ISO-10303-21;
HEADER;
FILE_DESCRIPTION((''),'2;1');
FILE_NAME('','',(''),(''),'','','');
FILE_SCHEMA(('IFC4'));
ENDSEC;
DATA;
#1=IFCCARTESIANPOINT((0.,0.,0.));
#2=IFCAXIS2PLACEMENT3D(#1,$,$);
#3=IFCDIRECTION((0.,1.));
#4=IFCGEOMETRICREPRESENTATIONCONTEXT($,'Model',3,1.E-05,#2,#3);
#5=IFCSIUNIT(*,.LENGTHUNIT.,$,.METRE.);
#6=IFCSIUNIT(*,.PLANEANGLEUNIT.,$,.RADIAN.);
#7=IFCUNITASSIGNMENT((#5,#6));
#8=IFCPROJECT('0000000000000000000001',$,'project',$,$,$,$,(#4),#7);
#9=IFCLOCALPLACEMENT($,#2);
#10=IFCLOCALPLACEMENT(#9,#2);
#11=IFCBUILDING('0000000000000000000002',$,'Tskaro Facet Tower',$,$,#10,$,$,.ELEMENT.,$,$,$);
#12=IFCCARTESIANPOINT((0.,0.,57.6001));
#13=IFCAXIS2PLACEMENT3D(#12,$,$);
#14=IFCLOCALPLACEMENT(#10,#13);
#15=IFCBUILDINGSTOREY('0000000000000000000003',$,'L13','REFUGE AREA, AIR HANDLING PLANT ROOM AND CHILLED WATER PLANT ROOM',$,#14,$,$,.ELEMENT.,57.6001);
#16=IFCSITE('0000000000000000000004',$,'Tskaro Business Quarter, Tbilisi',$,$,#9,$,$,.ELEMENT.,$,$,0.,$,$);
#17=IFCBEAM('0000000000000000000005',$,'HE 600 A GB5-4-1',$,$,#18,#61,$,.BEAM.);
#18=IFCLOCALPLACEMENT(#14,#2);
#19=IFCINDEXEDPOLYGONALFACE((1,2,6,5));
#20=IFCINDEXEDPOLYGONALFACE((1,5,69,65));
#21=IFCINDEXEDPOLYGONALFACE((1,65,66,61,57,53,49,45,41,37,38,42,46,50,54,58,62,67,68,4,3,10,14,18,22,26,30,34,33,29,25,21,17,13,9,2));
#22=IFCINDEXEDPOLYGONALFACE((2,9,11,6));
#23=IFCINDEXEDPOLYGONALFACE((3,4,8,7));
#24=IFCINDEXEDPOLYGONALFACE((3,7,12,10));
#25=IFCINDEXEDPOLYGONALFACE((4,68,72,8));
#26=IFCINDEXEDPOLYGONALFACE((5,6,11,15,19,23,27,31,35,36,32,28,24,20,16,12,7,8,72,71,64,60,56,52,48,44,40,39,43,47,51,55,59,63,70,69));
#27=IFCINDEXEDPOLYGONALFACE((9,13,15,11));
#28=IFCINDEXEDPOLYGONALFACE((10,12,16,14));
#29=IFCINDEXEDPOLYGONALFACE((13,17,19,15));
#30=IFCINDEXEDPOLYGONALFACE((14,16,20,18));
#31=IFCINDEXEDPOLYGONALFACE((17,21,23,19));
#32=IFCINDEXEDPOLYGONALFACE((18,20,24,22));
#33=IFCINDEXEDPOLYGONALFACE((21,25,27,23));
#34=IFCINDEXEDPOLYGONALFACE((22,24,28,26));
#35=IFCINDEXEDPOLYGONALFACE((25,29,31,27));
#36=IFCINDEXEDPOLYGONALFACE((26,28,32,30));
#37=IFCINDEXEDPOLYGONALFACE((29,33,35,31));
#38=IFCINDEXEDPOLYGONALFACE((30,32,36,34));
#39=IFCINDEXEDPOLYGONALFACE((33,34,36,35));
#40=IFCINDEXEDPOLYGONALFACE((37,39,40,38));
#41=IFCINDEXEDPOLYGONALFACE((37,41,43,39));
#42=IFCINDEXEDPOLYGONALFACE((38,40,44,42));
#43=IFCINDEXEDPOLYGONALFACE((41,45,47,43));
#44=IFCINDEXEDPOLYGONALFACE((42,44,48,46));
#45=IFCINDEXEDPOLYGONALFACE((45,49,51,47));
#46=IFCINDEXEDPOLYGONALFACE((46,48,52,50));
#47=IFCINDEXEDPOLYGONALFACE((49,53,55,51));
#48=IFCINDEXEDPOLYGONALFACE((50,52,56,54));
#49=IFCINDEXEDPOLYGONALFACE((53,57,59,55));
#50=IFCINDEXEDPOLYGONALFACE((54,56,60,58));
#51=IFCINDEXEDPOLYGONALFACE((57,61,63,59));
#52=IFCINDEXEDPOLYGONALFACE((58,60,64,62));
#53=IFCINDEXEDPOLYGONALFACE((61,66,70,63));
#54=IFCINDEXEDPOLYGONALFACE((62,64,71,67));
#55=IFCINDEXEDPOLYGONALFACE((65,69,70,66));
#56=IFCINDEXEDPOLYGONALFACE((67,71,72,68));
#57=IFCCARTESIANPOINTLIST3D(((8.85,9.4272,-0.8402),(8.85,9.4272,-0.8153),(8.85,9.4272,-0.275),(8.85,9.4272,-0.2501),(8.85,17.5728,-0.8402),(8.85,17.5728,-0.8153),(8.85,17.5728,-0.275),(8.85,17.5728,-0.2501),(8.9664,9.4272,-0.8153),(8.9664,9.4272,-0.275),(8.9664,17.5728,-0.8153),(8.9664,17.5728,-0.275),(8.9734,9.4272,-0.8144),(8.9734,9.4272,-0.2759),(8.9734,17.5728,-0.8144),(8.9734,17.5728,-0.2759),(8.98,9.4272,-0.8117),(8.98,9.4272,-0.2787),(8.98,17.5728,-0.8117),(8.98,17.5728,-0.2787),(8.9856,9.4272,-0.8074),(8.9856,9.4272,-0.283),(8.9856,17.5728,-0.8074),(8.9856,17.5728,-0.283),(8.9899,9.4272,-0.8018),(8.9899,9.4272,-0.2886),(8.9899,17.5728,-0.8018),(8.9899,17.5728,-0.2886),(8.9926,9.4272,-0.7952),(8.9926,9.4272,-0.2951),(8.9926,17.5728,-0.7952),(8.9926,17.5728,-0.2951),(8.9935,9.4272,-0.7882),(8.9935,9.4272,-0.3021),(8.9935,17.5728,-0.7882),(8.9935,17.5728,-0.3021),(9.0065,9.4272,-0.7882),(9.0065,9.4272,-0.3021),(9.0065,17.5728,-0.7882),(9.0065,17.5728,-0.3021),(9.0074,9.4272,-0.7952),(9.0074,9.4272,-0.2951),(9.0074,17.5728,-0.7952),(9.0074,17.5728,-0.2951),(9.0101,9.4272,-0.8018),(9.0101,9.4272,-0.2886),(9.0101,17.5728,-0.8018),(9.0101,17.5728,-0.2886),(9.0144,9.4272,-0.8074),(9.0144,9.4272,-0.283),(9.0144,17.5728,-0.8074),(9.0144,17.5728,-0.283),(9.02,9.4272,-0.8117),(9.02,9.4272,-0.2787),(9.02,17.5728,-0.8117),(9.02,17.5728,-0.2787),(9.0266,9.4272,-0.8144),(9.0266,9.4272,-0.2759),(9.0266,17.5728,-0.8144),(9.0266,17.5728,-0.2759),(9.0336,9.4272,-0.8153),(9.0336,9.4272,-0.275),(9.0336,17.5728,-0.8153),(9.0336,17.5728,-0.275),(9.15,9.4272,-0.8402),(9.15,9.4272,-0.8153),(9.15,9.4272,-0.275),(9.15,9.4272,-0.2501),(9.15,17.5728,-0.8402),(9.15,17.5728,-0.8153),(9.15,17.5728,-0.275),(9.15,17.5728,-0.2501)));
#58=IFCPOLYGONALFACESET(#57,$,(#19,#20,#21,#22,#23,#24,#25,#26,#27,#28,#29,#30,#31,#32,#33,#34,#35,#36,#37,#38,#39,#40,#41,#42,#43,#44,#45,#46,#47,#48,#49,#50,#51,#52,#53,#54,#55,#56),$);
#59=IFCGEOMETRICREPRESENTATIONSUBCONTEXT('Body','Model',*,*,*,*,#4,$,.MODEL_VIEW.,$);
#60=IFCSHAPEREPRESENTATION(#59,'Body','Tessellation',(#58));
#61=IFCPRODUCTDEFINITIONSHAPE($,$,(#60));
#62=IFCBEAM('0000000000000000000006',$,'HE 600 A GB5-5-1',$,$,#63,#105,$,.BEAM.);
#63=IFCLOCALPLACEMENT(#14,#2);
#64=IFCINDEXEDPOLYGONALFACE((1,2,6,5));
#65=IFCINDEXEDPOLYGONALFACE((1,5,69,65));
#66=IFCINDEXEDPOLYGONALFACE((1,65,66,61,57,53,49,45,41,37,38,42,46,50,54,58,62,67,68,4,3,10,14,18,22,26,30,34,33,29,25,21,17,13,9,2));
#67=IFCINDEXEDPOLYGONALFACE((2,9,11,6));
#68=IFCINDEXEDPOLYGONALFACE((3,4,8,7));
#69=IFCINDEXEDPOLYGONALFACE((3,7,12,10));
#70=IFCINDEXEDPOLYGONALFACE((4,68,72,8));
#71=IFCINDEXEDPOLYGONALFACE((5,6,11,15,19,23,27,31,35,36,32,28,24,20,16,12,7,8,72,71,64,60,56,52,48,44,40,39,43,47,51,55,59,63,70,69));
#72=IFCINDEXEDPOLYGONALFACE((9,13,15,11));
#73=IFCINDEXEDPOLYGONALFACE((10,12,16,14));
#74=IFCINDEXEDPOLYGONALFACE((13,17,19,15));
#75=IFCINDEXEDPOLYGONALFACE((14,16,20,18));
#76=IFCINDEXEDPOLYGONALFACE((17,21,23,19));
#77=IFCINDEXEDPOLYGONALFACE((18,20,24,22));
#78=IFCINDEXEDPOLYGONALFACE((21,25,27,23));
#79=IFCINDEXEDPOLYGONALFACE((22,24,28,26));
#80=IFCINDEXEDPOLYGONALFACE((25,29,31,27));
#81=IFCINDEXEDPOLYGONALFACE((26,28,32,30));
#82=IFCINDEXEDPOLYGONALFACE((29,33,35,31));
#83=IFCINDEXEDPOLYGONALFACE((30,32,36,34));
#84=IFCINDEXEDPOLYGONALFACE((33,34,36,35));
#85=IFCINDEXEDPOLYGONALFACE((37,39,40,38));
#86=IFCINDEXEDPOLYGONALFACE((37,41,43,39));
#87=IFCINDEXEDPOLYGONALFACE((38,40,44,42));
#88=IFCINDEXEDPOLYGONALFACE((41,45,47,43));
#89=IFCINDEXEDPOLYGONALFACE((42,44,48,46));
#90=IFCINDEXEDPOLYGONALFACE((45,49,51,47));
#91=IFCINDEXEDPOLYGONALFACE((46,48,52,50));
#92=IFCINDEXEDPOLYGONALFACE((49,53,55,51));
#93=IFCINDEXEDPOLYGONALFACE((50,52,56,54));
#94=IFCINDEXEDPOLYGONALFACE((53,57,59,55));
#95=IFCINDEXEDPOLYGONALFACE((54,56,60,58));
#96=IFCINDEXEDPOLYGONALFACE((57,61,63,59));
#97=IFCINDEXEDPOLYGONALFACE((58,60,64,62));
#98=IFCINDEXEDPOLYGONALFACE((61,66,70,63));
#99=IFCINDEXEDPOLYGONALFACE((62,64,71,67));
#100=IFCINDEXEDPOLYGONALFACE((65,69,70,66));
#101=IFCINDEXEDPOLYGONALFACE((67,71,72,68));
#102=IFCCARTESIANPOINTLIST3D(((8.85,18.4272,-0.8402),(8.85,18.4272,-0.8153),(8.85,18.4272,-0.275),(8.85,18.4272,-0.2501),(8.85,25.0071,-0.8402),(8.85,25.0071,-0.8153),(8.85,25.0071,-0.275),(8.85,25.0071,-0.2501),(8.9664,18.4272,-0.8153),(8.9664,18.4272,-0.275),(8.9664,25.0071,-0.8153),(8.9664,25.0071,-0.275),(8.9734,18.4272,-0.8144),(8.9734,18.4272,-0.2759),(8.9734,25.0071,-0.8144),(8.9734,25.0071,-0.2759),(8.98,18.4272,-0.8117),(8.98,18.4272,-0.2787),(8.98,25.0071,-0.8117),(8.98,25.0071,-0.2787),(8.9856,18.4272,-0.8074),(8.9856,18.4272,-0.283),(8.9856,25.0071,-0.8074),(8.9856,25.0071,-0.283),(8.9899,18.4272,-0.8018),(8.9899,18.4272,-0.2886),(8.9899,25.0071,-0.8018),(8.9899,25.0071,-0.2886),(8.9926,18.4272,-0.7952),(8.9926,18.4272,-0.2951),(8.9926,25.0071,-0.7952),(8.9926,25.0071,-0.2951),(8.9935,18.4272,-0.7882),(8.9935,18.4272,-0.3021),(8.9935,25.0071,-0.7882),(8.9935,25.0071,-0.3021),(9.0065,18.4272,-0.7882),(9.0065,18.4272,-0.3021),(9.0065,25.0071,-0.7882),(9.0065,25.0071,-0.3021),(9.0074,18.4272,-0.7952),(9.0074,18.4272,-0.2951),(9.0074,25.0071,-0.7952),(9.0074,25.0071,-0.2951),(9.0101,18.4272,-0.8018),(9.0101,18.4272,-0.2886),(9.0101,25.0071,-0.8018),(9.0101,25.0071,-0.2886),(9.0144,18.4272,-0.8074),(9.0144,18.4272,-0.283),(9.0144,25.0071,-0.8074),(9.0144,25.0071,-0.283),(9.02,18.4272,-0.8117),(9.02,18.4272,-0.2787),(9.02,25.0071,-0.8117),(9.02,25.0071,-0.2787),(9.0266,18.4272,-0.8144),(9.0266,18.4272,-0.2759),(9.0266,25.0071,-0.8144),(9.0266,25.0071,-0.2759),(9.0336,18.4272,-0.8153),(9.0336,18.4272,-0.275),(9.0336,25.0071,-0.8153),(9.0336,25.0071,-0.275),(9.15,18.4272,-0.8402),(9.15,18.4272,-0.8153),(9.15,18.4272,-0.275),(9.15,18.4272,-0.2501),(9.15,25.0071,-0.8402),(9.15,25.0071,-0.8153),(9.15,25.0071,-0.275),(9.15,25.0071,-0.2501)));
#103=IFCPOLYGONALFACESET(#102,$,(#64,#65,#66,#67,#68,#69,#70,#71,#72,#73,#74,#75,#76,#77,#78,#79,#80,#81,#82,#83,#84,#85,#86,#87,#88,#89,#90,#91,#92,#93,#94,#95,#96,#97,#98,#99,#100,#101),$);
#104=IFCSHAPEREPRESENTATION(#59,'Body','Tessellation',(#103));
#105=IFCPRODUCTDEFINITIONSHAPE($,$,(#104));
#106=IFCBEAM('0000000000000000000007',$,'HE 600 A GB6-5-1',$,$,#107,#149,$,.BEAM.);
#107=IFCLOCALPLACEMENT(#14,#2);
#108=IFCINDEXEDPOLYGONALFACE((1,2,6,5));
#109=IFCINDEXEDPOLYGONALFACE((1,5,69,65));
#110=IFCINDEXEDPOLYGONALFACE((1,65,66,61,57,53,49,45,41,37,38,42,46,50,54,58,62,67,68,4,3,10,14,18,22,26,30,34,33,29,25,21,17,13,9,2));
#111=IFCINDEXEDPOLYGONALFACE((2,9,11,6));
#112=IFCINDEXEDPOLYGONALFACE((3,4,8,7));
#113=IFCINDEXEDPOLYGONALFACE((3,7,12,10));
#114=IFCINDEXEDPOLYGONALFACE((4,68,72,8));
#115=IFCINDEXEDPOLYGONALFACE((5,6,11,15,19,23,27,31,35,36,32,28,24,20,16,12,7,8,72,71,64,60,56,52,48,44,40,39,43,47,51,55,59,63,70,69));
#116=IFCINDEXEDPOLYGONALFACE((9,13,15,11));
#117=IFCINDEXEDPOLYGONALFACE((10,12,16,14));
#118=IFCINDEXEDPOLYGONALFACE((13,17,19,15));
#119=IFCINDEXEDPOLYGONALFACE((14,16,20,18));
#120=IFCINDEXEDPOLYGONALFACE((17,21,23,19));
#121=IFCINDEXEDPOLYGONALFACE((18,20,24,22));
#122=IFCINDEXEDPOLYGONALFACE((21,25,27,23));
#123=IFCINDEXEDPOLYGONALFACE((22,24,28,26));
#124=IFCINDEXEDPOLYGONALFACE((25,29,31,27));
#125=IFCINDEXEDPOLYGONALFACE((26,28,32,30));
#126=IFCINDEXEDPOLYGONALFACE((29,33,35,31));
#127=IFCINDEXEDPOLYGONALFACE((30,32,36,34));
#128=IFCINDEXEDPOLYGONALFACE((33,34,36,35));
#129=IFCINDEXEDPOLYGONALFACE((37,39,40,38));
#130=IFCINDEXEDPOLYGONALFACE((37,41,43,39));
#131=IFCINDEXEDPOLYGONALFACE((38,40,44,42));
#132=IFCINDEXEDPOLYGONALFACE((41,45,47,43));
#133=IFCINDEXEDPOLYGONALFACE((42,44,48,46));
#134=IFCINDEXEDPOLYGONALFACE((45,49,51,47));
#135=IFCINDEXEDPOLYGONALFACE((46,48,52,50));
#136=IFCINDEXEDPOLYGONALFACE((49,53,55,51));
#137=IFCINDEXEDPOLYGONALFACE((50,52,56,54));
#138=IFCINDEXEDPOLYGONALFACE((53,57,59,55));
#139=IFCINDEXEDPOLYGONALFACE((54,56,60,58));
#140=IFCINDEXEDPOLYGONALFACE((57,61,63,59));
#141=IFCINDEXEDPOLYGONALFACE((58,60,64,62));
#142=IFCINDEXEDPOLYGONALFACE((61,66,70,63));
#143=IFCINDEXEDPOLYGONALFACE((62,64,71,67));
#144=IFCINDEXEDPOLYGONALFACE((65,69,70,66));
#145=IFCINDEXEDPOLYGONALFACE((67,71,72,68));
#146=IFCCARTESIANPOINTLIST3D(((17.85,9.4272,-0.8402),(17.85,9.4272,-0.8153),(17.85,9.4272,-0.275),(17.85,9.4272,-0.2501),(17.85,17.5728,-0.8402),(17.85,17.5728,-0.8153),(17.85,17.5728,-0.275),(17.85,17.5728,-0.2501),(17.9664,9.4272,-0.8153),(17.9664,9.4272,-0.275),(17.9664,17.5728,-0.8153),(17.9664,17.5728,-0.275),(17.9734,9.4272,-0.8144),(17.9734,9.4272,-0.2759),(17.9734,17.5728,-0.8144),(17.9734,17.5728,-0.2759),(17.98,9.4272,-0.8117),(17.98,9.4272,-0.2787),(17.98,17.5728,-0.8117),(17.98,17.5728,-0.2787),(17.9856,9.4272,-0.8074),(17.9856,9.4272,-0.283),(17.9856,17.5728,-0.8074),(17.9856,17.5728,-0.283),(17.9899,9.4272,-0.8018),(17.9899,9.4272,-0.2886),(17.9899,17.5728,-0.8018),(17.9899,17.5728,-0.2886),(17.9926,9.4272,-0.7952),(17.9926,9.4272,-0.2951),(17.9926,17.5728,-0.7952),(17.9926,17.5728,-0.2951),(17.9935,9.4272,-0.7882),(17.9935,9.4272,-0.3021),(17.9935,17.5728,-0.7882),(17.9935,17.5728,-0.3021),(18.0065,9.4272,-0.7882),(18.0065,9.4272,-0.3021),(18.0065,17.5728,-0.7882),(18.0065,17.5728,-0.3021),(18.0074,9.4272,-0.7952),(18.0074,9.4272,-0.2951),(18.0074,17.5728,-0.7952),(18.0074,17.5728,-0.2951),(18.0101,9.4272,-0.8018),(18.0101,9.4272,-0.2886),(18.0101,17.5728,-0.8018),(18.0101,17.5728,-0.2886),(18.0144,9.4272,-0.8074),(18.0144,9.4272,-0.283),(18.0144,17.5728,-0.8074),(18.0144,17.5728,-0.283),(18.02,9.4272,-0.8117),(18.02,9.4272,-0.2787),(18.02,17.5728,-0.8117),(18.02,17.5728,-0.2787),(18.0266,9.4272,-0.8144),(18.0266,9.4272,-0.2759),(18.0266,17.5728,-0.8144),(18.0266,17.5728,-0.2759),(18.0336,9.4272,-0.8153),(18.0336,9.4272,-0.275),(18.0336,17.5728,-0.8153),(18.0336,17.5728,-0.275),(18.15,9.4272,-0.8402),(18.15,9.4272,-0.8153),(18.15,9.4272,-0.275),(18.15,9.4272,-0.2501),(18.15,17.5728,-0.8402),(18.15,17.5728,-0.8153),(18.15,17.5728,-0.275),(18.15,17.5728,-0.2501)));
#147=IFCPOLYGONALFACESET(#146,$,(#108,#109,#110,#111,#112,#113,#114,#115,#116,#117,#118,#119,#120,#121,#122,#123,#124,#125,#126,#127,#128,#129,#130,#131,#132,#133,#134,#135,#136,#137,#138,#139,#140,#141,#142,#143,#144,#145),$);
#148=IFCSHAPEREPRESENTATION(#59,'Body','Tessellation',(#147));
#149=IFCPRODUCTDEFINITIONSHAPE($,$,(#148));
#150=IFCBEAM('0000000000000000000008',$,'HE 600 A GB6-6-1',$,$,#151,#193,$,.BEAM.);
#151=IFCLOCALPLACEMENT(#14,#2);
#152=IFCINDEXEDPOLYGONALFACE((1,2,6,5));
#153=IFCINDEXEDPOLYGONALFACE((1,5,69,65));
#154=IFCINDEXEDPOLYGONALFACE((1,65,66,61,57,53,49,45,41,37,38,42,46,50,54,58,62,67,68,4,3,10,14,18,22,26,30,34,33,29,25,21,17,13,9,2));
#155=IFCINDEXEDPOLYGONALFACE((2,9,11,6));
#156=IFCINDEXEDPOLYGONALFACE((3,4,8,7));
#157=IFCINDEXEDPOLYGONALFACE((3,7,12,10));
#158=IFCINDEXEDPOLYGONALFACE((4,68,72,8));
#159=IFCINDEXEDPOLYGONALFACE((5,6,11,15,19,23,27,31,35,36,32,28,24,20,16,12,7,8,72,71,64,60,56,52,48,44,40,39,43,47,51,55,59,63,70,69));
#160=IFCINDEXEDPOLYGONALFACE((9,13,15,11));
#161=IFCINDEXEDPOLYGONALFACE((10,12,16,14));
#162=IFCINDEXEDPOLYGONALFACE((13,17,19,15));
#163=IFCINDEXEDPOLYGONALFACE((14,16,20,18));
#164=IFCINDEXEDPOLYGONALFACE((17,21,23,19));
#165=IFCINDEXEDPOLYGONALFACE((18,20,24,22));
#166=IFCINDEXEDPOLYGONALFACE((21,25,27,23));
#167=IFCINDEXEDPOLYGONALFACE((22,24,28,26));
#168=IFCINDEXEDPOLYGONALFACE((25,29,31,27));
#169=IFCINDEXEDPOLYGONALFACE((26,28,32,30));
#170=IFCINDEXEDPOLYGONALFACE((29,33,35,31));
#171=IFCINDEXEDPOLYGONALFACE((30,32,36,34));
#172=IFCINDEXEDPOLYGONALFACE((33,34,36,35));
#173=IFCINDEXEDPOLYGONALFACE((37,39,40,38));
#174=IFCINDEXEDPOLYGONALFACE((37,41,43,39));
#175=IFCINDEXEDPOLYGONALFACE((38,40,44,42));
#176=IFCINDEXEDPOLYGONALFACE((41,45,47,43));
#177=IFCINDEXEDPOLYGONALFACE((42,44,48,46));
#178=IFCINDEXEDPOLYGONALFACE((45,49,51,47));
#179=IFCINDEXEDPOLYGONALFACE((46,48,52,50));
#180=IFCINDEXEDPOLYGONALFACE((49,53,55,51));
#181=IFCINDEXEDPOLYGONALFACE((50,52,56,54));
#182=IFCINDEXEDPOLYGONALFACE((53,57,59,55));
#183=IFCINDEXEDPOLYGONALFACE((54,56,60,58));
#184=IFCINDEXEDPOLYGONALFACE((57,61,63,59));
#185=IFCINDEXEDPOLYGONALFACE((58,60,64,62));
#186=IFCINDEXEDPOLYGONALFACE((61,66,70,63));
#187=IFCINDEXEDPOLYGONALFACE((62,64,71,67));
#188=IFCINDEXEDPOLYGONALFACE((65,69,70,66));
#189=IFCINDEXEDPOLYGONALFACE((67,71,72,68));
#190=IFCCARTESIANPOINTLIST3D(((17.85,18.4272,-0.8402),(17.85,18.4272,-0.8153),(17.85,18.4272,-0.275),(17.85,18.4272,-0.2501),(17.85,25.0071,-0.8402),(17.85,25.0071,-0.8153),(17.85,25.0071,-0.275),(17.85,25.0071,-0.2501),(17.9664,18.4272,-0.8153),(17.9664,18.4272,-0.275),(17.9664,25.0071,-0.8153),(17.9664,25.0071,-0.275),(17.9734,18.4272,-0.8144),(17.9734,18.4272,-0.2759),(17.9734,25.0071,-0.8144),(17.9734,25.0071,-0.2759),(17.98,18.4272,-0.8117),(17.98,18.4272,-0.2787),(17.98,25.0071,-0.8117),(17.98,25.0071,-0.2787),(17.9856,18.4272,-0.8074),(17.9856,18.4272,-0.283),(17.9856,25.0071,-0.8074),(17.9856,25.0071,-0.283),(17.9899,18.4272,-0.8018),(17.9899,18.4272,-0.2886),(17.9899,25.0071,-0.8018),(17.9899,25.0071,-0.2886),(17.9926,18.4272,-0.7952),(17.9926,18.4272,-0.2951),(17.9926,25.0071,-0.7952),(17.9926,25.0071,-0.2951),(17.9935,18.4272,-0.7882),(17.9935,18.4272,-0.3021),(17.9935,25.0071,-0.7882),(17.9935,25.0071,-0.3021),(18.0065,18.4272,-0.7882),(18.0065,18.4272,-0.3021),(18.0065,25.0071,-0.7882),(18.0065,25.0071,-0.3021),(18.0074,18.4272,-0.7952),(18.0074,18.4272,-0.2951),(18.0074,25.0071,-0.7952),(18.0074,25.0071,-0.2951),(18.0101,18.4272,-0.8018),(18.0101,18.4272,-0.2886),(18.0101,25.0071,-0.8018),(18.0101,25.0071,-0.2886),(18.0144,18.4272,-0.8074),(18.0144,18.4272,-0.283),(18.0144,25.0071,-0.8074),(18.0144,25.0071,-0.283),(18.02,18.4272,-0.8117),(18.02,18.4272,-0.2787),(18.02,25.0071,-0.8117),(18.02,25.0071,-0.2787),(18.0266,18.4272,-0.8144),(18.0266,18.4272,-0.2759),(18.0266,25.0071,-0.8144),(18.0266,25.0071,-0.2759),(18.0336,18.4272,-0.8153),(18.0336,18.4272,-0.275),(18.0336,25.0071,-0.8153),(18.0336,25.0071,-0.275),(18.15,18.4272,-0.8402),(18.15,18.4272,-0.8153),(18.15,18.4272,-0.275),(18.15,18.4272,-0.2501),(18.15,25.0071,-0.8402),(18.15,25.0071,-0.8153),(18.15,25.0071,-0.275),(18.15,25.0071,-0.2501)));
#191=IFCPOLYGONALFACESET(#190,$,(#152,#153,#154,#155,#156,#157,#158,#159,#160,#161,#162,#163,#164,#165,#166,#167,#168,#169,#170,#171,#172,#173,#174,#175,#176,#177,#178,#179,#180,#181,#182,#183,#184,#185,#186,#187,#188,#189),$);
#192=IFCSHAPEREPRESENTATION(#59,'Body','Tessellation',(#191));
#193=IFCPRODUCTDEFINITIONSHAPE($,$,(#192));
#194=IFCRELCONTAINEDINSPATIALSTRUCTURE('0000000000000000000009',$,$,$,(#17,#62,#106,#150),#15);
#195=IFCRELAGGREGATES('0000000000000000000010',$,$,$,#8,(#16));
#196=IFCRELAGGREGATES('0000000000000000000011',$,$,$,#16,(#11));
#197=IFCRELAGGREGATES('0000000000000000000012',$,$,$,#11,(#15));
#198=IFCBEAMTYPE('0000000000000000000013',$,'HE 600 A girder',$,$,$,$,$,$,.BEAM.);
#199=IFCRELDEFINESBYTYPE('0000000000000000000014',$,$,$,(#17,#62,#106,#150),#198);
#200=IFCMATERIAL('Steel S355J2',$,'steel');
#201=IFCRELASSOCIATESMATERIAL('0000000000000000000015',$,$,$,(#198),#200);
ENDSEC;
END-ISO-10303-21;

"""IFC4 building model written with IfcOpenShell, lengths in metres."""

from ifc_helpers import new_model, si_unit, direction, frame, origin, origin_2d, place, context, subcontext, project, spatial, i_section, extrude, material, material_profile, profile_set, type_object, element, save


model = new_model("IFC4")

# Units and contexts
model_context = context("Model", 3, precision=1e-05, world=origin(), true_north=direction((0.0, 1.0)))
body_context = subcontext(model_context, "Body", "Model", "MODEL_VIEW")
ifc_project = project(units=[si_unit("LENGTHUNIT", "METRE"), si_unit("PLANEANGLEUNIT", "RADIAN")], contexts=[model_context])

# Site, building, storey
site_placement = place(None, origin())
site = spatial("IfcSite", under=ifc_project, at=site_placement, Name="Tskaro Business Quarter, Tbilisi", CompositionType="ELEMENT", RefElevation=0.0)
building_placement = place(site_placement, origin())
building = spatial("IfcBuilding", under=site, at=building_placement, Name="Tskaro Facet Tower", CompositionType="ELEMENT")
storey_placement = place(building_placement, frame((0.0, 0.0, 57.6001)))
storey = spatial("IfcBuildingStorey", under=building, at=storey_placement, Name="L13", Description="REFUGE AREA, AIR HANDLING PLANT ROOM AND CHILLED WATER PLANT ROOM", CompositionType="ELEMENT", Elevation=57.6001)

# Shared definitions
ifc_material_1 = material(Name="Steel S355J2", Category="steel")

# Beams
ifc_material_profile_1 = material_profile(ifc_material_1, i_section(OverallWidth=0.3, OverallDepth=0.5901, WebThickness=0.0129, FlangeThickness=0.0249, FilletRadius=0.0271, at=origin_2d()), Name="HE 600 A")
ifc_profile_set_1 = profile_set([ifc_material_profile_1], Name="Steel S355J2")
beam_type_1 = type_object("IfcBeamType", Name="HE 600 A girder", PredefinedType="BEAM", material=ifc_profile_set_1)
beam_1_placement = place(storey_placement, frame((9.0, 9.4272, -0.5452), z_axis=(0.0, 1.0, 0.0), x_axis=(-1.0, 0.0, 0.0)))
element("IfcBeam", 1, at=beam_1_placement, inside=storey, type_object=beam_type_1, Name="HE 600 A GB5-4-1", PredefinedType="BEAM", context=body_context, shape_type="SweptSolid", body=[
    extrude(i_section(OverallWidth=0.3, OverallDepth=0.5901, WebThickness=0.0129, FlangeThickness=0.0249, FilletRadius=0.0271, at=origin_2d()), origin(), (0.0, 0.0, 1.0), 8.1455),
])
beam_2_placement = place(storey_placement, frame((9.0, 18.4272, -0.5452), z_axis=(0.0, 1.0, 0.0), x_axis=(-1.0, 0.0, 0.0)))
element("IfcBeam", 2, at=beam_2_placement, inside=storey, type_object=beam_type_1, Name="HE 600 A GB5-5-1", PredefinedType="BEAM", context=body_context, shape_type="SweptSolid", body=[
    extrude(i_section(OverallWidth=0.3, OverallDepth=0.5901, WebThickness=0.0129, FlangeThickness=0.0249, FilletRadius=0.0271, at=origin_2d()), origin(), (0.0, 0.0, 1.0), 6.5798),
])
beam_3_placement = place(storey_placement, frame((18.0, 9.4272, -0.5452), z_axis=(0.0, 1.0, 0.0), x_axis=(-1.0, 0.0, 0.0)))
element("IfcBeam", 3, at=beam_3_placement, inside=storey, type_object=beam_type_1, Name="HE 600 A GB6-5-1", PredefinedType="BEAM", context=body_context, shape_type="SweptSolid", body=[
    extrude(i_section(OverallWidth=0.3, OverallDepth=0.5901, WebThickness=0.0129, FlangeThickness=0.0249, FilletRadius=0.0271, at=origin_2d()), origin(), (0.0, 0.0, 1.0), 8.1455),
])
beam_4_placement = place(storey_placement, frame((18.0, 18.4272, -0.5452), z_axis=(0.0, 1.0, 0.0), x_axis=(-1.0, 0.0, 0.0)))
element("IfcBeam", 4, at=beam_4_placement, inside=storey, type_object=beam_type_1, Name="HE 600 A GB6-6-1", PredefinedType="BEAM", context=body_context, shape_type="SweptSolid", body=[
    extrude(i_section(OverallWidth=0.3, OverallDepth=0.5901, WebThickness=0.0129, FlangeThickness=0.0249, FilletRadius=0.0271, at=origin_2d()), origin(), (0.0, 0.0, 1.0), 6.5798),
])

save(model, "model.ifc")
